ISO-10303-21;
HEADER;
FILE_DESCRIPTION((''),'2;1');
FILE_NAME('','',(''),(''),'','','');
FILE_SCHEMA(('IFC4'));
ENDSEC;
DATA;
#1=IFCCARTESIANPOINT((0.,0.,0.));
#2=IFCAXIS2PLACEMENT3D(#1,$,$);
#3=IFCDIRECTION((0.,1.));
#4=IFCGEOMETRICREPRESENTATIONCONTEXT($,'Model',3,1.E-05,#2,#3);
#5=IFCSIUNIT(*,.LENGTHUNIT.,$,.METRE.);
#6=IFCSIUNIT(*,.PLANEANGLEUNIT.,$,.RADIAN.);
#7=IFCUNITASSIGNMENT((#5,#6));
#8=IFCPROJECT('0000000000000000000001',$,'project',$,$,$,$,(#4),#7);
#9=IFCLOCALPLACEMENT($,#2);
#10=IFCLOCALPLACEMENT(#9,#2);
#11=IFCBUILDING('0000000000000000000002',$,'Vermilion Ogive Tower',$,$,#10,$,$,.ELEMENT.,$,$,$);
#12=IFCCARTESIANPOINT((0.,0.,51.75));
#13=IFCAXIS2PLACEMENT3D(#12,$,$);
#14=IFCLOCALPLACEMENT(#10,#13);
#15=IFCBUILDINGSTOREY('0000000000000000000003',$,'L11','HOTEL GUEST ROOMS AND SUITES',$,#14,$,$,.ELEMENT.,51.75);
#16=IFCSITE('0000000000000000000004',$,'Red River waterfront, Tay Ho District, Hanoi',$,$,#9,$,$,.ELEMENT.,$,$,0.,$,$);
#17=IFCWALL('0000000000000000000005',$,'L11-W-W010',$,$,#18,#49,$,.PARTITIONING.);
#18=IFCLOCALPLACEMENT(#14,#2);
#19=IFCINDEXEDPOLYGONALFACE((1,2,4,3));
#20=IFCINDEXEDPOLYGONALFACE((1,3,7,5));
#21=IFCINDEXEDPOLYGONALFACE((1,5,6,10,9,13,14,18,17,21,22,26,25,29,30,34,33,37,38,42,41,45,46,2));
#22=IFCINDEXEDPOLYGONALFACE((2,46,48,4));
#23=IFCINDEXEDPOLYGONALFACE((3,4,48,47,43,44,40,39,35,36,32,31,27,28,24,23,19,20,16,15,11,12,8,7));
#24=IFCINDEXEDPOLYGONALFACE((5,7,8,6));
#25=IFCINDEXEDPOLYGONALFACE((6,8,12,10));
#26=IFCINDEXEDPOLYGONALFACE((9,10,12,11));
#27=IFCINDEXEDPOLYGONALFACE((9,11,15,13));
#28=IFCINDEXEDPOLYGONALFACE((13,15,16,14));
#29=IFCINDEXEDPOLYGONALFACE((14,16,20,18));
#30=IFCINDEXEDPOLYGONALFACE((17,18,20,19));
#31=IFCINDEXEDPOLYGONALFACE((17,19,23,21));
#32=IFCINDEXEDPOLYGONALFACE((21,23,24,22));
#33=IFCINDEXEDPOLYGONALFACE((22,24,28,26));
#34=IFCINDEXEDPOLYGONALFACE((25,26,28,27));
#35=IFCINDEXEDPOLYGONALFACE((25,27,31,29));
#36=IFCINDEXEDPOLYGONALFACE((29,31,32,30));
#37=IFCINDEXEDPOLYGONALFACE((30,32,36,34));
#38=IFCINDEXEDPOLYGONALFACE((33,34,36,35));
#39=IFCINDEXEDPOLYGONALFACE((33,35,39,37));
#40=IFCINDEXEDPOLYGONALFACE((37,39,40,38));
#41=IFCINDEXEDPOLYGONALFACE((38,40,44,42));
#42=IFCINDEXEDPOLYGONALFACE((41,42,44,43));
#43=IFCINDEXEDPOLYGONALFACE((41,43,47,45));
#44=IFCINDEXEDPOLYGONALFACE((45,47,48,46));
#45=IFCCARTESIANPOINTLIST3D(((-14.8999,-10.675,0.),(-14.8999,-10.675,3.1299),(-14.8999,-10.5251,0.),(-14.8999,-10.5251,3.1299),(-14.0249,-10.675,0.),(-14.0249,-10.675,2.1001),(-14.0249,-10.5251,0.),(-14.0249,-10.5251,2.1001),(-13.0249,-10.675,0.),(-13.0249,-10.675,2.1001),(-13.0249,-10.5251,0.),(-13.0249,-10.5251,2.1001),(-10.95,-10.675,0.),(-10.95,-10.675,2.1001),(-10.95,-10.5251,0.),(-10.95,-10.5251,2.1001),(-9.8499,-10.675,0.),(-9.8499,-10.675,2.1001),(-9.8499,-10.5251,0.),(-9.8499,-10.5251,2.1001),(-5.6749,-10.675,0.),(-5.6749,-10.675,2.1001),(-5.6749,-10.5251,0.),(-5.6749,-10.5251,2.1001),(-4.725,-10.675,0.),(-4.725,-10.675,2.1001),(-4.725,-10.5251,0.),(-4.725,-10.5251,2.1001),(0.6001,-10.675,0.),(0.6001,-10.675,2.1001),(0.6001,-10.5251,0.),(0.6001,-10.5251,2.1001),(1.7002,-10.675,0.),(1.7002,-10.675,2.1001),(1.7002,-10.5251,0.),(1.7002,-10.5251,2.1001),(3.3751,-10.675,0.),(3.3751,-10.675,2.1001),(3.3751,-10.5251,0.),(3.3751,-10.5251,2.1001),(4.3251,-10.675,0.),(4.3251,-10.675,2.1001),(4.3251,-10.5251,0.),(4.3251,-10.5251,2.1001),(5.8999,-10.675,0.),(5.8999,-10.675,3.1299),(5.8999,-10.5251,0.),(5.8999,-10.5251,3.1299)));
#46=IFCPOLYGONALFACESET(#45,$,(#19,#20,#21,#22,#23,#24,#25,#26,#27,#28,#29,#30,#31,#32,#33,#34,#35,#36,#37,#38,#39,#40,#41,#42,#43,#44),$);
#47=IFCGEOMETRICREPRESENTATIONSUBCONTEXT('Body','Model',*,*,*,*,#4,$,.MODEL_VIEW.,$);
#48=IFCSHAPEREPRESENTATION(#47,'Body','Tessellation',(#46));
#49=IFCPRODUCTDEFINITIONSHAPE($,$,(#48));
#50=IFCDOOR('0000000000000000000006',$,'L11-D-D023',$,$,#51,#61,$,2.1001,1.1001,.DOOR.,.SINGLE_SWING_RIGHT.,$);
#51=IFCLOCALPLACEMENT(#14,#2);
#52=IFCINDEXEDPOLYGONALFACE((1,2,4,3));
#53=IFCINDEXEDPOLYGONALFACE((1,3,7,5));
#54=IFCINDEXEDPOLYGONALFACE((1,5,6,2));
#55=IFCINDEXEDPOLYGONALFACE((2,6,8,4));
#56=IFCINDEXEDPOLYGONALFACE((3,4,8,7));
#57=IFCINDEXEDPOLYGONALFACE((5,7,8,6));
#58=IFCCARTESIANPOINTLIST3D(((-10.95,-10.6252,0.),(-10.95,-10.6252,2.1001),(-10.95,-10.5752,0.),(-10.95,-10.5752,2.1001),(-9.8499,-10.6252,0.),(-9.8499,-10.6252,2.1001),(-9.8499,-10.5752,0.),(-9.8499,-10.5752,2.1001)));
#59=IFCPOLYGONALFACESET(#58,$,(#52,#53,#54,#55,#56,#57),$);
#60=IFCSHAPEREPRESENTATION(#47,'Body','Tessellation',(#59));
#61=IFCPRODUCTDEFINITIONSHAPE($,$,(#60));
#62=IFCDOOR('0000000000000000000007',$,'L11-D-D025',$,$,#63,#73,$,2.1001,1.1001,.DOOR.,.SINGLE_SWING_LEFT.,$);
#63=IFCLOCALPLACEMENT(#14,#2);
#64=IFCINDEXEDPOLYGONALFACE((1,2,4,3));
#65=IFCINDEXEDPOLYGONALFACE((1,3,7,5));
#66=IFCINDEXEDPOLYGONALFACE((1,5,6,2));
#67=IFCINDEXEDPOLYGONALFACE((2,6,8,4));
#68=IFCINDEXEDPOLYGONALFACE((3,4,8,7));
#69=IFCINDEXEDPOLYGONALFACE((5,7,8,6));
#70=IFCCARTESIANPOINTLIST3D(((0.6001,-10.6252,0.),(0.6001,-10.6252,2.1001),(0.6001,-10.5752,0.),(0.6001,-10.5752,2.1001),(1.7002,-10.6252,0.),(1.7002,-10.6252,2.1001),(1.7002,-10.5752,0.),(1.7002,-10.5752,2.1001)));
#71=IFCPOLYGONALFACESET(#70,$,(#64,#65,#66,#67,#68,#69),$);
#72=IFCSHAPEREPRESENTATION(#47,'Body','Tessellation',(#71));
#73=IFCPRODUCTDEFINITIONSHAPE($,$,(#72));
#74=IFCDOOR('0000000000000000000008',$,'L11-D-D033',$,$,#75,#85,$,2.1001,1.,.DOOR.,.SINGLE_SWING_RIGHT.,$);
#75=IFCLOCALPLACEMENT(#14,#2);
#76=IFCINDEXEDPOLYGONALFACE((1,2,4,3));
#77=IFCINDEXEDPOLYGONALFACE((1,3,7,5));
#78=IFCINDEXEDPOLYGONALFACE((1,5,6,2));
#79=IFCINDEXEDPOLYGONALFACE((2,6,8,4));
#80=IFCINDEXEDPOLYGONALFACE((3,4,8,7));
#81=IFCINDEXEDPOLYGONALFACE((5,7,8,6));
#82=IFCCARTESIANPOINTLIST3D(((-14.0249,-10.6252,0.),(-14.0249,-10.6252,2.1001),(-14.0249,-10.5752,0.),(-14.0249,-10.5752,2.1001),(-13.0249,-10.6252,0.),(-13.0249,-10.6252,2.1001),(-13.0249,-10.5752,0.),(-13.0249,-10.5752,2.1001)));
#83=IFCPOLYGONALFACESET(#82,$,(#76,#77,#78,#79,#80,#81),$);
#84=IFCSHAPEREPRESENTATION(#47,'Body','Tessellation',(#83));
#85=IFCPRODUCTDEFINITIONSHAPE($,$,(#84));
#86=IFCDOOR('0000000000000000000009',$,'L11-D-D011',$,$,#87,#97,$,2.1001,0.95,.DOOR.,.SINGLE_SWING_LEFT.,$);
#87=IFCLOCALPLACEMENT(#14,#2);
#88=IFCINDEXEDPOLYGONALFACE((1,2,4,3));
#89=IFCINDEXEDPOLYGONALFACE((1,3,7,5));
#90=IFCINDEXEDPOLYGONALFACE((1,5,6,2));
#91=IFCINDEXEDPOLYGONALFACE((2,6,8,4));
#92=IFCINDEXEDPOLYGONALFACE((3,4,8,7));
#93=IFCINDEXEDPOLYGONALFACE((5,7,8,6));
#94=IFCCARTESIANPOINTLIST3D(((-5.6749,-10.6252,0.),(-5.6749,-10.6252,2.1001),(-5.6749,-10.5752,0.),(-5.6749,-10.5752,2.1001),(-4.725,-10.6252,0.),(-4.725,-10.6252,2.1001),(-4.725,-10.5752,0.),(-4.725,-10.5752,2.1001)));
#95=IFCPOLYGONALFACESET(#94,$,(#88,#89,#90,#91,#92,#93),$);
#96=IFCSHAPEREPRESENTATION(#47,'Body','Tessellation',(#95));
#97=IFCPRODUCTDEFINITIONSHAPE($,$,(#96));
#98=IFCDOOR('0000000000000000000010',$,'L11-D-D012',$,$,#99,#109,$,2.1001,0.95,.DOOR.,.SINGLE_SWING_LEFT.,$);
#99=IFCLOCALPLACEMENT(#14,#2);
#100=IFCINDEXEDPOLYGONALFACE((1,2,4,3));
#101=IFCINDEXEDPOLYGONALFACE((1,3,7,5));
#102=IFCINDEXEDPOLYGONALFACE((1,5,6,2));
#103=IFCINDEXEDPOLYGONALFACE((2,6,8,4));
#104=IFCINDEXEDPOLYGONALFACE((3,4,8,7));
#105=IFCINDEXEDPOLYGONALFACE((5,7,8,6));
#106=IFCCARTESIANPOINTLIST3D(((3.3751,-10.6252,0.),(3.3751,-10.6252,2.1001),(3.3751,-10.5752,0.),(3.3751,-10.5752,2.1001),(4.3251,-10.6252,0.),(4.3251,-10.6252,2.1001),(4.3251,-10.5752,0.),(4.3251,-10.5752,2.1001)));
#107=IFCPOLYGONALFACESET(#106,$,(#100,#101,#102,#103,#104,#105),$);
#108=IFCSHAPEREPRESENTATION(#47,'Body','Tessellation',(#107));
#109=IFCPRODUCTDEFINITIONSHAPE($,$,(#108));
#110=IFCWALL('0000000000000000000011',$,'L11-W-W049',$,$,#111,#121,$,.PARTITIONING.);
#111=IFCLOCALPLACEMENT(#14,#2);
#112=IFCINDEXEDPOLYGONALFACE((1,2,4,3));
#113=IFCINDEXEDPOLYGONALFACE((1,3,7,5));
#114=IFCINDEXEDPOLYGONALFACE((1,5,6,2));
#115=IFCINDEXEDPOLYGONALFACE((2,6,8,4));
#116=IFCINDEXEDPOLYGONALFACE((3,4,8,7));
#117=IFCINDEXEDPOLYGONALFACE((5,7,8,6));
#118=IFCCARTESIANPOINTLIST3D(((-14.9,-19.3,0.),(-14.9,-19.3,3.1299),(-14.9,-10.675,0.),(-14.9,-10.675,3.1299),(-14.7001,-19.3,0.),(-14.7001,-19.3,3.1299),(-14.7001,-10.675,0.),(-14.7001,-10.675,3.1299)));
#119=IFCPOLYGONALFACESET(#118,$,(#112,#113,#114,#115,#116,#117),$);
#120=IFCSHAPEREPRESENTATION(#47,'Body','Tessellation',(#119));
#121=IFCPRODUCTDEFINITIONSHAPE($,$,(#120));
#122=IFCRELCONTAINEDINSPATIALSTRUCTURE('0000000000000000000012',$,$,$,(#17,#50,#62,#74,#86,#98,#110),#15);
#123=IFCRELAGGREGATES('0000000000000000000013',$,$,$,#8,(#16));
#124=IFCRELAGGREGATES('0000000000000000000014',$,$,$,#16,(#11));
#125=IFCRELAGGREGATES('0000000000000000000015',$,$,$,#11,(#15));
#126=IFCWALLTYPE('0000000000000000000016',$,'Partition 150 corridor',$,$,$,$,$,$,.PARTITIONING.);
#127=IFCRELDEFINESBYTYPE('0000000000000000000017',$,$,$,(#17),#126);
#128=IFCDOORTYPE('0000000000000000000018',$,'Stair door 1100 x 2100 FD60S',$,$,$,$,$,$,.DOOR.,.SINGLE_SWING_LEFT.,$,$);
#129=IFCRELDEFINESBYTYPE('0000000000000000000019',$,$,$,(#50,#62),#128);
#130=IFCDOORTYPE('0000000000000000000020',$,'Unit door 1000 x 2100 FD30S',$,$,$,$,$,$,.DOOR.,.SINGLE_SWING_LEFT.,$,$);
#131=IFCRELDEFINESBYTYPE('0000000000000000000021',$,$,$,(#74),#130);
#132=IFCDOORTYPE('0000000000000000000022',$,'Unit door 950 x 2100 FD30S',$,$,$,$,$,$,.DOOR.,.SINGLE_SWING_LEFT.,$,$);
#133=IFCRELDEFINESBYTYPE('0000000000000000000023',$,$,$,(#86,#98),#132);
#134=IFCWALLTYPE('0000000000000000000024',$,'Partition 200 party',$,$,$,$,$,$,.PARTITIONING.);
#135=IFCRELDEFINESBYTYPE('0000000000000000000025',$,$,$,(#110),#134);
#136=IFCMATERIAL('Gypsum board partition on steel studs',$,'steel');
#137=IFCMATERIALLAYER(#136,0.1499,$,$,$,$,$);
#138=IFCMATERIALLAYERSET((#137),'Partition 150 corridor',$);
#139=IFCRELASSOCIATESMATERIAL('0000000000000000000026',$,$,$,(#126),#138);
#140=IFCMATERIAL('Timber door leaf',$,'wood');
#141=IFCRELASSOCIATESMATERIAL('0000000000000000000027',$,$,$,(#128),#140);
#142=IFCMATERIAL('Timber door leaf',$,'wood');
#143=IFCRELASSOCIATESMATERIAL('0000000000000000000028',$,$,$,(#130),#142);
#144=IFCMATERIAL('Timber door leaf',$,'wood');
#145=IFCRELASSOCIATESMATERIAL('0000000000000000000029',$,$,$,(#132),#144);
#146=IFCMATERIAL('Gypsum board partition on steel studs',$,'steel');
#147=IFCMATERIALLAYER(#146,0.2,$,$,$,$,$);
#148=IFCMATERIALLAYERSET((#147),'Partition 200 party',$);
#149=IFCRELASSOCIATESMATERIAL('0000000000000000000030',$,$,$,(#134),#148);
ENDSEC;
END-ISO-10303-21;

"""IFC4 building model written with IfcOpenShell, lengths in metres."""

from ifc_helpers import new_model, si_unit, direction, frame, frame_2d, origin, place, context, subcontext, project, spatial, rectangle, extrude, material, layer, layer_set, type_object, element, fill, save


model = new_model("IFC4")

# Units and contexts
model_context = context("Model", 3, precision=1e-05, world=origin(), true_north=direction((0.0, 1.0)))
body_context = subcontext(model_context, "Body", "Model", "MODEL_VIEW")
ifc_project = project(units=[si_unit("LENGTHUNIT", "METRE"), si_unit("PLANEANGLEUNIT", "RADIAN")], contexts=[model_context])

# Site, building, storey
site_placement = place(None, origin())
site = spatial("IfcSite", under=ifc_project, at=site_placement, Name="Red River waterfront, Tay Ho District, Hanoi", CompositionType="ELEMENT", RefElevation=0.0)
building_placement = place(site_placement, origin())
building = spatial("IfcBuilding", under=site, at=building_placement, Name="Vermilion Ogive Tower", CompositionType="ELEMENT")
storey_placement = place(building_placement, frame((0.0, 0.0, 51.75)))
storey = spatial("IfcBuildingStorey", under=building, at=storey_placement, Name="L11", Description="HOTEL GUEST ROOMS AND SUITES", CompositionType="ELEMENT", Elevation=51.75)

# Wall, openings, doors
ifc_material_1 = material(Name="Gypsum board partition on steel studs", Category="steel")
ifc_layer_1 = layer(ifc_material_1, 0.1499)
ifc_layer_set_1 = layer_set([ifc_layer_1], Name="Partition 150 corridor")
wall_type_1 = type_object("IfcWallType", Name="Partition 150 corridor", PredefinedType="PARTITIONING", material=ifc_layer_set_1)
wall_1_placement = place(storey_placement, frame((-14.8999, -10.6001, 0.0), z_axis=(0.0, 0.0, 1.0), x_axis=(1.0, 0.0, 0.0)))
wall_1 = element("IfcWall", 1, at=wall_1_placement, inside=storey, type_object=wall_type_1, Name="L11-W-W010", PredefinedType="PARTITIONING", context=body_context, shape_type="SweptSolid", body=[
    extrude(rectangle(XDim=20.7998, YDim=0.1499, at=frame_2d((10.3999, 0.0))), origin(), (0.0, 0.0, 1.0), 3.1299),
])
opening_1_placement = place(wall_1_placement, frame((9.2249, 0.0, 0.0)))
opening_1 = element("IfcOpeningElement", 2, at=opening_1_placement, cuts=wall_1, PredefinedType="OPENING", context=body_context, shape_type="SweptSolid", body=[
    extrude(rectangle(XDim=0.95, YDim=2.1001, at=frame_2d((0.4751, 1.05))), frame((0.0, 0.085, 0.0), z_axis=(0.0, -1.0, 0.0), x_axis=(1.0, 0.0, 0.0)), (0.0, 0.0, 1.0), 0.1699),
])
opening_2_placement = place(wall_1_placement, frame((18.2749, 0.0, 0.0)))
opening_2 = element("IfcOpeningElement", 3, at=opening_2_placement, cuts=wall_1, PredefinedType="OPENING", context=body_context, shape_type="SweptSolid", body=[
    extrude(rectangle(XDim=0.95, YDim=2.1001, at=frame_2d((0.4751, 1.05))), frame((0.0, 0.085, 0.0), z_axis=(0.0, -1.0, 0.0), x_axis=(1.0, 0.0, 0.0)), (0.0, 0.0, 1.0), 0.1699),
])
opening_3_placement = place(wall_1_placement, frame((3.95, 0.0, 0.0)))
opening_3 = element("IfcOpeningElement", 4, at=opening_3_placement, cuts=wall_1, PredefinedType="OPENING", context=body_context, shape_type="SweptSolid", body=[
    extrude(rectangle(XDim=1.1001, YDim=2.1001, at=frame_2d((0.55, 1.05))), frame((0.0, 0.085, 0.0), z_axis=(0.0, -1.0, 0.0), x_axis=(1.0, 0.0, 0.0)), (0.0, 0.0, 1.0), 0.1699),
])
opening_4_placement = place(wall_1_placement, frame((15.5, 0.0, 0.0)))
opening_4 = element("IfcOpeningElement", 5, at=opening_4_placement, cuts=wall_1, PredefinedType="OPENING", context=body_context, shape_type="SweptSolid", body=[
    extrude(rectangle(XDim=1.1001, YDim=2.1001, at=frame_2d((0.55, 1.05))), frame((0.0, 0.085, 0.0), z_axis=(0.0, -1.0, 0.0), x_axis=(1.0, 0.0, 0.0)), (0.0, 0.0, 1.0), 0.1699),
])
opening_5_placement = place(wall_1_placement, frame((0.875, 0.0, 0.0)))
opening_5 = element("IfcOpeningElement", 6, at=opening_5_placement, cuts=wall_1, PredefinedType="OPENING", context=body_context, shape_type="SweptSolid", body=[
    extrude(rectangle(XDim=1.0, YDim=2.1001, at=frame_2d((0.5, 1.05))), frame((0.0, 0.085, 0.0), z_axis=(0.0, -1.0, 0.0), x_axis=(1.0, 0.0, 0.0)), (0.0, 0.0, 1.0), 0.1699),
])
ifc_material_2 = material(Name="Timber door leaf", Category="wood")
door_type_1 = type_object("IfcDoorType", Name="Stair door 1100 x 2100 FD60S", OperationType="SINGLE_SWING_LEFT", PredefinedType="DOOR", material=ifc_material_2)
door_1_placement = place(opening_3_placement, origin())
door_1 = element("IfcDoor", 7, at=door_1_placement, inside=storey, type_object=door_type_1, Name="L11-D-D023", OperationType="SINGLE_SWING_RIGHT", OverallHeight=2.1001, OverallWidth=1.1001, PredefinedType="DOOR", context=body_context, shape_type="SweptSolid", body=[
    extrude(rectangle(XDim=1.1001, YDim=2.1001, at=frame_2d((0.55, 1.05))), frame((0.0, 0.0249, 0.0), z_axis=(0.0, -1.0, 0.0), x_axis=(1.0, 0.0, 0.0)), (0.0, 0.0, 1.0), 0.05),
])
fill(opening_3, door_1)
door_2_placement = place(opening_4_placement, origin())
door_2 = element("IfcDoor", 8, at=door_2_placement, inside=storey, type_object=door_type_1, Name="L11-D-D025", OperationType="SINGLE_SWING_LEFT", OverallHeight=2.1001, OverallWidth=1.1001, PredefinedType="DOOR", context=body_context, shape_type="SweptSolid", body=[
    extrude(rectangle(XDim=1.1001, YDim=2.1001, at=frame_2d((0.55, 1.05))), frame((0.0, 0.0249, 0.0), z_axis=(0.0, -1.0, 0.0), x_axis=(1.0, 0.0, 0.0)), (0.0, 0.0, 1.0), 0.05),
])
fill(opening_4, door_2)
ifc_material_3 = material(Name="Timber door leaf", Category="wood")
door_type_2 = type_object("IfcDoorType", Name="Unit door 1000 x 2100 FD30S", OperationType="SINGLE_SWING_LEFT", PredefinedType="DOOR", material=ifc_material_3)
door_3_placement = place(opening_5_placement, origin())
door_3 = element("IfcDoor", 9, at=door_3_placement, inside=storey, type_object=door_type_2, Name="L11-D-D033", OperationType="SINGLE_SWING_RIGHT", OverallHeight=2.1001, OverallWidth=1.0, PredefinedType="DOOR", context=body_context, shape_type="SweptSolid", body=[
    extrude(rectangle(XDim=1.0, YDim=2.1001, at=frame_2d((0.5, 1.05))), frame((0.0, 0.0249, 0.0), z_axis=(0.0, -1.0, 0.0), x_axis=(1.0, 0.0, 0.0)), (0.0, 0.0, 1.0), 0.05),
])
fill(opening_5, door_3)
ifc_material_4 = material(Name="Timber door leaf", Category="wood")
door_type_3 = type_object("IfcDoorType", Name="Unit door 950 x 2100 FD30S", OperationType="SINGLE_SWING_LEFT", PredefinedType="DOOR", material=ifc_material_4)
door_4_placement = place(opening_1_placement, origin())
door_4 = element("IfcDoor", 10, at=door_4_placement, inside=storey, type_object=door_type_3, Name="L11-D-D011", OperationType="SINGLE_SWING_LEFT", OverallHeight=2.1001, OverallWidth=0.95, PredefinedType="DOOR", context=body_context, shape_type="SweptSolid", body=[
    extrude(rectangle(XDim=0.95, YDim=2.1001, at=frame_2d((0.4751, 1.05))), frame((0.0, 0.0249, 0.0), z_axis=(0.0, -1.0, 0.0), x_axis=(1.0, 0.0, 0.0)), (0.0, 0.0, 1.0), 0.05),
])
fill(opening_1, door_4)
door_5_placement = place(opening_2_placement, origin())
door_5 = element("IfcDoor", 11, at=door_5_placement, inside=storey, type_object=door_type_3, Name="L11-D-D012", OperationType="SINGLE_SWING_LEFT", OverallHeight=2.1001, OverallWidth=0.95, PredefinedType="DOOR", context=body_context, shape_type="SweptSolid", body=[
    extrude(rectangle(XDim=0.95, YDim=2.1001, at=frame_2d((0.4751, 1.05))), frame((0.0, 0.0249, 0.0), z_axis=(0.0, -1.0, 0.0), x_axis=(1.0, 0.0, 0.0)), (0.0, 0.0, 1.0), 0.05),
])
fill(opening_2, door_5)

# Wall
ifc_material_5 = material(Name="Gypsum board partition on steel studs", Category="steel")
ifc_layer_2 = layer(ifc_material_5, 0.2)
ifc_layer_set_2 = layer_set([ifc_layer_2], Name="Partition 200 party")
wall_type_2 = type_object("IfcWallType", Name="Partition 200 party", PredefinedType="PARTITIONING", material=ifc_layer_set_2)
wall_2_placement = place(storey_placement, frame((-14.8, -19.3, 0.0), z_axis=(0.0, 0.0, 1.0), x_axis=(0.0, 1.0, 0.0)))
element("IfcWall", 12, at=wall_2_placement, inside=storey, type_object=wall_type_2, Name="L11-W-W049", PredefinedType="PARTITIONING", context=body_context, shape_type="SweptSolid", body=[
    extrude(rectangle(XDim=8.625, YDim=0.2, at=frame_2d((4.3125, 0.0))), origin(), (0.0, 0.0, 1.0), 3.1299),
])

save(model, "model.ifc")
